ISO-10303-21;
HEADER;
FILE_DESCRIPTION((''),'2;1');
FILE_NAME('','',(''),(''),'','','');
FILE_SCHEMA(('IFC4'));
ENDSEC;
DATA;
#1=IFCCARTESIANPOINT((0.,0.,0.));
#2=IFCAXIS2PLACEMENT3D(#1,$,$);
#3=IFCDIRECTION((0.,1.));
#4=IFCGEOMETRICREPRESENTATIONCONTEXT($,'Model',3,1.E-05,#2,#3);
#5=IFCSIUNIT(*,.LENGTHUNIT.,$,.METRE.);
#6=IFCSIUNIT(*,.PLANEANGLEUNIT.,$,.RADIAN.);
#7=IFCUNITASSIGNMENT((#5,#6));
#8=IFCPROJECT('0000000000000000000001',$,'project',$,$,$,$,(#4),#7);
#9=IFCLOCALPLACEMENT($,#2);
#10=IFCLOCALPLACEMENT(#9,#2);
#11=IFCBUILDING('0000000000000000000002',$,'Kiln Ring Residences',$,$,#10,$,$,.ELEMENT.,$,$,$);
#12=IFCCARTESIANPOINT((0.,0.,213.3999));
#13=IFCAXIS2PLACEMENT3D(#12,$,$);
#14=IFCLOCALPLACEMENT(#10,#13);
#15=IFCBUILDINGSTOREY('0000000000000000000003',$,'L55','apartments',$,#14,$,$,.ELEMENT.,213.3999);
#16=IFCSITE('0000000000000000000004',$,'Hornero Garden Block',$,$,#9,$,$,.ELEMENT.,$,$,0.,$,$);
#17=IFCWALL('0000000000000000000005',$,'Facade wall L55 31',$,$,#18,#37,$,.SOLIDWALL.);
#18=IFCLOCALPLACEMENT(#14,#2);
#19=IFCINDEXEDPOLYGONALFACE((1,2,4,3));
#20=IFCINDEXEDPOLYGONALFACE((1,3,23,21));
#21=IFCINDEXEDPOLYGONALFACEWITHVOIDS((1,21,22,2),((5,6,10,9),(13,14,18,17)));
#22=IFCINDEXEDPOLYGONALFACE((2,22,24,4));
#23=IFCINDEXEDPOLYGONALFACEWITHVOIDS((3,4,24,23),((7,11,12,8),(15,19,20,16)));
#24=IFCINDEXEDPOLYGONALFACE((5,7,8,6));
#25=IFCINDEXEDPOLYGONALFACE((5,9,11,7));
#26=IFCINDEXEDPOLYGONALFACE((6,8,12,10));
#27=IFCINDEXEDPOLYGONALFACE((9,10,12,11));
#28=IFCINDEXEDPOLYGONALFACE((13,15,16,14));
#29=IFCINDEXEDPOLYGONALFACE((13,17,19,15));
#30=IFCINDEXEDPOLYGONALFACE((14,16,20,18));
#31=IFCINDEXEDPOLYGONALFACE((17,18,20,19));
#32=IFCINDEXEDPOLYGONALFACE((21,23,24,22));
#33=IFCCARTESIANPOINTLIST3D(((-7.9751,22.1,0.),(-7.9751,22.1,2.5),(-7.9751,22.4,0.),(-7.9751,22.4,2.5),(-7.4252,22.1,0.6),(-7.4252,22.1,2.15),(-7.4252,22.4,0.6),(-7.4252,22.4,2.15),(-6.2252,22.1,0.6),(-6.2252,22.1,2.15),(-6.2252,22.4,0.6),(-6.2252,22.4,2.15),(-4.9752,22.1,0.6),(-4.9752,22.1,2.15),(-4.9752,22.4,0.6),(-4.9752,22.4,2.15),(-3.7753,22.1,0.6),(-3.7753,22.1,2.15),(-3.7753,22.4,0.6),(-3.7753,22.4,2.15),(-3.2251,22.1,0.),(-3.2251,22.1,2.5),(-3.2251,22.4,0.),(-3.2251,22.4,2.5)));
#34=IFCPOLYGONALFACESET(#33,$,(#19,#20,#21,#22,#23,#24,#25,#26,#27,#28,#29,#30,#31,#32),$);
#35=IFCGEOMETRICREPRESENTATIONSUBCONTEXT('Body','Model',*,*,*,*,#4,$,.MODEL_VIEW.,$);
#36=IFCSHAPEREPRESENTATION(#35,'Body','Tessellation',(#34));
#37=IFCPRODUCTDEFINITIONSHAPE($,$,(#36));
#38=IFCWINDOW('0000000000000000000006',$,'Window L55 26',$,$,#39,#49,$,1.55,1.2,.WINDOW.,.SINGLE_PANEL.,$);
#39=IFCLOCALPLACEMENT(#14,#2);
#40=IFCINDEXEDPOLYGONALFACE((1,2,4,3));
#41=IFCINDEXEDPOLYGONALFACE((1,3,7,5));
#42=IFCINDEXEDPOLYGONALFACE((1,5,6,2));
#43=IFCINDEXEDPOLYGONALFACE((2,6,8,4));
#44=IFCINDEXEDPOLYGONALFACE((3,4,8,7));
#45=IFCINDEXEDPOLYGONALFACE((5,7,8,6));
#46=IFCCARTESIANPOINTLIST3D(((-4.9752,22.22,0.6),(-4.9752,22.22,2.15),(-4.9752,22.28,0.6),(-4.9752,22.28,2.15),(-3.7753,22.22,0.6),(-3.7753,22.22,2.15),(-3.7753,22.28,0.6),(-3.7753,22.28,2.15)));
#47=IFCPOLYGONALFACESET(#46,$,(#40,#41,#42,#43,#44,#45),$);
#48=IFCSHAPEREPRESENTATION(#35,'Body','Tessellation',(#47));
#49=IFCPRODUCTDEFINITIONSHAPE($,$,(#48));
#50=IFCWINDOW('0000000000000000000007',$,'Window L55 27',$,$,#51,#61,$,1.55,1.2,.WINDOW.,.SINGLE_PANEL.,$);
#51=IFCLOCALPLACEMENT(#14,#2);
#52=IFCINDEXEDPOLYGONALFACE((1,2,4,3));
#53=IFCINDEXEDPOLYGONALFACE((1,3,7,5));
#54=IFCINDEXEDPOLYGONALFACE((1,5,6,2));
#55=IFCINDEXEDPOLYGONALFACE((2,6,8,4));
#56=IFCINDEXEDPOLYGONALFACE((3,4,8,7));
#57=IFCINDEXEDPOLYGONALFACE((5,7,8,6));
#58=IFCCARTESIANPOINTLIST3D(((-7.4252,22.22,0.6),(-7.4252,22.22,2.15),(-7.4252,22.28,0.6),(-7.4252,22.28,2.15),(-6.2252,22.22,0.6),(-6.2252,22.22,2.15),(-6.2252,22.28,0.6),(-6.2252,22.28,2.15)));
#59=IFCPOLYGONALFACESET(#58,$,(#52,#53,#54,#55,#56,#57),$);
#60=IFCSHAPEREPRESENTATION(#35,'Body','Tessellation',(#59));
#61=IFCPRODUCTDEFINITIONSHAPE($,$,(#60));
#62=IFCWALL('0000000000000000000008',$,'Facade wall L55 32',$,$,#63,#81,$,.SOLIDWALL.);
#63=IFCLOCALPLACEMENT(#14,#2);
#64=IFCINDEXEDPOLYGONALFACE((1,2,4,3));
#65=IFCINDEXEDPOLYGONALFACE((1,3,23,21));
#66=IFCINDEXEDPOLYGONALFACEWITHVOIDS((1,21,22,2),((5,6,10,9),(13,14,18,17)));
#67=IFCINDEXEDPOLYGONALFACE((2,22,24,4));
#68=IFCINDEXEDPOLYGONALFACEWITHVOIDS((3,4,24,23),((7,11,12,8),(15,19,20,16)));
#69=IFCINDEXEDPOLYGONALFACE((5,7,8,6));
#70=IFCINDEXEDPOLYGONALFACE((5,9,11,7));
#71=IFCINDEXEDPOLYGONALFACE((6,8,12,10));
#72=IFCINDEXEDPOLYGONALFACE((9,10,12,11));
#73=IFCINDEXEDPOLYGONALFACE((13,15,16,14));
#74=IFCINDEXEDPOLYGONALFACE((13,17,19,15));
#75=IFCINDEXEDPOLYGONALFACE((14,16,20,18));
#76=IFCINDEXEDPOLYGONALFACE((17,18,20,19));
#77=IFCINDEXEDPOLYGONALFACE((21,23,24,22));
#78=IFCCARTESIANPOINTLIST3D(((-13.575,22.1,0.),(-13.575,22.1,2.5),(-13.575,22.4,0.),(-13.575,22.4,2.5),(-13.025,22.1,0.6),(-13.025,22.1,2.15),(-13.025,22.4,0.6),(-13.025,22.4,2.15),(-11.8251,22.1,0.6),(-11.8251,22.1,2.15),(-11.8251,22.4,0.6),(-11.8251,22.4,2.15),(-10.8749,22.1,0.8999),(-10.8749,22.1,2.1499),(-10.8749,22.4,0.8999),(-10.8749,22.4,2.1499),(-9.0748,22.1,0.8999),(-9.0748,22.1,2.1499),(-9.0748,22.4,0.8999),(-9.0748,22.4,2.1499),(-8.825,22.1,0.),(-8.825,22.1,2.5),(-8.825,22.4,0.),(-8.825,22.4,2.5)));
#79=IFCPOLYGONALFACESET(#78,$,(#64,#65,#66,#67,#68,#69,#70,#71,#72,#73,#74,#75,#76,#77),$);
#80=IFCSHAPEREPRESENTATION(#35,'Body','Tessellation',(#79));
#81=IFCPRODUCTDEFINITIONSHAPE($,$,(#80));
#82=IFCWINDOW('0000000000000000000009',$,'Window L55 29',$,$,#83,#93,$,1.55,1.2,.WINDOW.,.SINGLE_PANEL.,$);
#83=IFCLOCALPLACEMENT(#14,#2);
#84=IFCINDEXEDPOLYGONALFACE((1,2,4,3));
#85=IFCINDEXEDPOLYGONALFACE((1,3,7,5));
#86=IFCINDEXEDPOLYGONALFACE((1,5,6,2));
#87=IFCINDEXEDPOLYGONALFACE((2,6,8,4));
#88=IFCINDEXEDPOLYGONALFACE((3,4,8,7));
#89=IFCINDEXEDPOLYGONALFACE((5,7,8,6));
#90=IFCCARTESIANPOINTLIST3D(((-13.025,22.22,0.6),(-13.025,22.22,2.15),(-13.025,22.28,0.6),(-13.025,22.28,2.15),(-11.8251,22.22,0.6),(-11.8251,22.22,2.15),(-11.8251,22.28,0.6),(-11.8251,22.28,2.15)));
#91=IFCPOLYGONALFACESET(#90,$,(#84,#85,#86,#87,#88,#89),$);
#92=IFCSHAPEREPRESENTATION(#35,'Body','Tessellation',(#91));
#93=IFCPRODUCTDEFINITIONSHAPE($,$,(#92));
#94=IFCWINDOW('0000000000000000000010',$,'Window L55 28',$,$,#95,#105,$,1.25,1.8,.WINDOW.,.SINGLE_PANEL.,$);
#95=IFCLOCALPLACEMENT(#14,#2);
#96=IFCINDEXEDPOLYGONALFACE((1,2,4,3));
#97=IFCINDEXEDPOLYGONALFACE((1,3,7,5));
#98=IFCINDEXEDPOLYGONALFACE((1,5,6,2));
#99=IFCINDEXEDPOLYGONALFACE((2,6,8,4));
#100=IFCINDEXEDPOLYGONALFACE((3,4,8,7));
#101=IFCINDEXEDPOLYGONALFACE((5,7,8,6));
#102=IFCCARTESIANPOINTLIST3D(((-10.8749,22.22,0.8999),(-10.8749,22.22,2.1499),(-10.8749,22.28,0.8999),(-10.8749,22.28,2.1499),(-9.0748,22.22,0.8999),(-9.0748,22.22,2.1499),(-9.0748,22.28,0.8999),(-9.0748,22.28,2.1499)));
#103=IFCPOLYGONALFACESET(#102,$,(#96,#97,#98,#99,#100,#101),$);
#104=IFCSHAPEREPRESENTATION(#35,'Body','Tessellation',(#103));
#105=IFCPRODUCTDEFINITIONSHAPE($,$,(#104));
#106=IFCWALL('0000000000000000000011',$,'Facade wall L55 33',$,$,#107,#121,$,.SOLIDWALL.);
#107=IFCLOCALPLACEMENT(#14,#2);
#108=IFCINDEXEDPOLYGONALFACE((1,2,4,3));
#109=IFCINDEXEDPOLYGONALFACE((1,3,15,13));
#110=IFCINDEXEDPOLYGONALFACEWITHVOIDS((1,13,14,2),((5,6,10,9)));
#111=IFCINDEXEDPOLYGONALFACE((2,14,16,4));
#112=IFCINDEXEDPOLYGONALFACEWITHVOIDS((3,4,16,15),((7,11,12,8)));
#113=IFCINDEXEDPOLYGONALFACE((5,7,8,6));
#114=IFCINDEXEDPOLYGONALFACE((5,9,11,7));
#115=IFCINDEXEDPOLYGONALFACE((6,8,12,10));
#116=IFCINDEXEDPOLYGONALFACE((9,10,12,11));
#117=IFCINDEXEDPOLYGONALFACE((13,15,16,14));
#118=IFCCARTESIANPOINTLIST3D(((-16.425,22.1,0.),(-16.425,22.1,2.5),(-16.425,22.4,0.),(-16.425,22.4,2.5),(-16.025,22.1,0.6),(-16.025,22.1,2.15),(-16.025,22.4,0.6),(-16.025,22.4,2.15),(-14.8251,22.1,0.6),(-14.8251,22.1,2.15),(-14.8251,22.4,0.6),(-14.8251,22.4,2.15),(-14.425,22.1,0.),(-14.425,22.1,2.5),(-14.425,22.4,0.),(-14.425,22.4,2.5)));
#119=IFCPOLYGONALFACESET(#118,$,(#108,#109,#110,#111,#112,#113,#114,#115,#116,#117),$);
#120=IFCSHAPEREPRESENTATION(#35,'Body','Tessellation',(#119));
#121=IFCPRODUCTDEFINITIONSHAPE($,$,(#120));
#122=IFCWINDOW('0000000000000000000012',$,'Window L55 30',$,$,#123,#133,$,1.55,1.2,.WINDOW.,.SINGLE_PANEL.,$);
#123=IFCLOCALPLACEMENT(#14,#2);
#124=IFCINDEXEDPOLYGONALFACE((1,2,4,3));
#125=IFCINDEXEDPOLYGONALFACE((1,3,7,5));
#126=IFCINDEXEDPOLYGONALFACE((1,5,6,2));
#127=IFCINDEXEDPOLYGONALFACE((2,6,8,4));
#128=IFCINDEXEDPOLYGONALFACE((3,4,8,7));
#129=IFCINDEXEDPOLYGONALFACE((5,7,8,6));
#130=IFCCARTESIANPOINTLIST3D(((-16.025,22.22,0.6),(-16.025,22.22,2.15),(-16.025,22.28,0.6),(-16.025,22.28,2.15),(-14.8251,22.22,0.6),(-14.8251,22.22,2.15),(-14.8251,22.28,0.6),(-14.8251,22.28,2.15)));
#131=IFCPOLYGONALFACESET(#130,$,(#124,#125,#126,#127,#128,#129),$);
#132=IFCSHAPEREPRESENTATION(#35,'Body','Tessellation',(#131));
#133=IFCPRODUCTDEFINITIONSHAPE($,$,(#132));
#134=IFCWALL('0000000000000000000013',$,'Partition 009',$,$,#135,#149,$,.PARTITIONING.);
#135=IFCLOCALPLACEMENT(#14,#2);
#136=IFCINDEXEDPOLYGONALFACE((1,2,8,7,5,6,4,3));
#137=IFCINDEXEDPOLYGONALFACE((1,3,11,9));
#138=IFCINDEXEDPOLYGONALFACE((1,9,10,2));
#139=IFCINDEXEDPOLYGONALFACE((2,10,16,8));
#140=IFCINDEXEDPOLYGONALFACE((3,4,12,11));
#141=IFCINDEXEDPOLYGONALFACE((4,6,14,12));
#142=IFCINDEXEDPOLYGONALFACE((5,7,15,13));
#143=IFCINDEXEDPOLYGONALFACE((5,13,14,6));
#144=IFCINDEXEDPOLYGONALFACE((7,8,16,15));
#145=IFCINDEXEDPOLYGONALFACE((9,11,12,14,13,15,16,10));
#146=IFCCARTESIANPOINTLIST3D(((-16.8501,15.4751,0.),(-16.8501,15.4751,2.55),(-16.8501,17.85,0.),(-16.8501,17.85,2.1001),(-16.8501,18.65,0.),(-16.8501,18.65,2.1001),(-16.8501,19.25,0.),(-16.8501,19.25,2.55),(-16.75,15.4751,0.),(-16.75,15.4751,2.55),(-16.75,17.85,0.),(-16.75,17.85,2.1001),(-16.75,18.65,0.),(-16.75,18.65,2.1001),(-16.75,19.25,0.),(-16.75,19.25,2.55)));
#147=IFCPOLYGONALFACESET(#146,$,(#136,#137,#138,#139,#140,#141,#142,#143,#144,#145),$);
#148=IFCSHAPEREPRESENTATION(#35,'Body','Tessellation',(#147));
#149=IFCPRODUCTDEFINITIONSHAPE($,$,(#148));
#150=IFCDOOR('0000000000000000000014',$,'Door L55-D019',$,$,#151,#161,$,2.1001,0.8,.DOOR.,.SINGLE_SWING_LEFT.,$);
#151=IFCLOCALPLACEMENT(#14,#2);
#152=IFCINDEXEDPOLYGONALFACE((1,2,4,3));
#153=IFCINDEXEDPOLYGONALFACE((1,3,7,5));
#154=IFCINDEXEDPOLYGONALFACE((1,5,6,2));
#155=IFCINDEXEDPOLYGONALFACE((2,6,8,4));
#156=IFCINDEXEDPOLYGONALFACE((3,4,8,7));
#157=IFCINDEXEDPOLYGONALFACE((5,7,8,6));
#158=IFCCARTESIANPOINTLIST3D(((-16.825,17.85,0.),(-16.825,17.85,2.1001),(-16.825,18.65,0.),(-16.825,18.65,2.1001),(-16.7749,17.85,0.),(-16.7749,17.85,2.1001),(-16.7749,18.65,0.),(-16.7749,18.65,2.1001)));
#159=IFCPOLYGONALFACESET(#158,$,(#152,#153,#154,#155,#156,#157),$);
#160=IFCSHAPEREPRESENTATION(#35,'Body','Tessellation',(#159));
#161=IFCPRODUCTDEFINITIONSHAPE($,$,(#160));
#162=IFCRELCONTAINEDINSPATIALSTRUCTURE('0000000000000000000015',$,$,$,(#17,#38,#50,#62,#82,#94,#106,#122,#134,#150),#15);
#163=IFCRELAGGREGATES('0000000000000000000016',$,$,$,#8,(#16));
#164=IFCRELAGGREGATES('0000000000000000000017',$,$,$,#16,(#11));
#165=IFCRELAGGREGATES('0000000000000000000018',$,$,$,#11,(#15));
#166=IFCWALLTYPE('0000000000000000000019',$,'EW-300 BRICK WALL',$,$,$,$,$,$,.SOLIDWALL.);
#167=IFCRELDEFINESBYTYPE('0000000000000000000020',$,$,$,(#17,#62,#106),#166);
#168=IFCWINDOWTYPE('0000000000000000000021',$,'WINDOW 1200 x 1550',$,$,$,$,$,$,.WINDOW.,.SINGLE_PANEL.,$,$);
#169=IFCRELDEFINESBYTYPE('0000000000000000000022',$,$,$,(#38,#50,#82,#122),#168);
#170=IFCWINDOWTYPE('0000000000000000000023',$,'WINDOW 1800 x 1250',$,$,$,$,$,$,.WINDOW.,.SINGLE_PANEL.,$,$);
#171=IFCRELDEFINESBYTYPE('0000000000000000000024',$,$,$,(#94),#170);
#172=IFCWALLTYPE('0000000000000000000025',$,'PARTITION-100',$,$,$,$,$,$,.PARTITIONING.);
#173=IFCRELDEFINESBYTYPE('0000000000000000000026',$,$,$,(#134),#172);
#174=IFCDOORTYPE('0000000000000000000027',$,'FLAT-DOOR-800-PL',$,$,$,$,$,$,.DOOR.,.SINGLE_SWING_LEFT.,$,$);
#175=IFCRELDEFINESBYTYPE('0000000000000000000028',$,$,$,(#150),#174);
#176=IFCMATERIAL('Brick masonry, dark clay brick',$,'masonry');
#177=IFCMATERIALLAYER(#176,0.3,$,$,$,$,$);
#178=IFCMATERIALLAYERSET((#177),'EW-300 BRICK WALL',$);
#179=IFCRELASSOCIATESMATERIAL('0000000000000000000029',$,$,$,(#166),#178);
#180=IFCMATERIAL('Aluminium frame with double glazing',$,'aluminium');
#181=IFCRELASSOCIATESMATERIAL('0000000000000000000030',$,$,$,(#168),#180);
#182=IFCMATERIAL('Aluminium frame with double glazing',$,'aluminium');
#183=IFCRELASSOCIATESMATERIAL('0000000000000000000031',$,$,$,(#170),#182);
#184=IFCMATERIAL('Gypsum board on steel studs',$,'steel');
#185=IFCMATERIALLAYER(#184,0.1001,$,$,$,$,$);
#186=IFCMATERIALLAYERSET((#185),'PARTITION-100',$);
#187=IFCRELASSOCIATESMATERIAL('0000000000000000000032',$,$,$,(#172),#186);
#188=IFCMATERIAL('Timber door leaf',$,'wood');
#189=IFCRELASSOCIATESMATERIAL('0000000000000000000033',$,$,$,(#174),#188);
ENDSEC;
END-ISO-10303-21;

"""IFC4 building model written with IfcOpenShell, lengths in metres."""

from ifc_helpers import new_model, si_unit, direction, frame, frame_2d, origin, place, context, subcontext, project, spatial, rectangle, extrude, material, layer, layer_set, type_object, element, fill, save


model = new_model("IFC4")

# Units and contexts
model_context = context("Model", 3, precision=1e-05, world=origin(), true_north=direction((0.0, 1.0)))
body_context = subcontext(model_context, "Body", "Model", "MODEL_VIEW")
ifc_project = project(units=[si_unit("LENGTHUNIT", "METRE"), si_unit("PLANEANGLEUNIT", "RADIAN")], contexts=[model_context])

# Site, building, storey
site_placement = place(None, origin())
site = spatial("IfcSite", under=ifc_project, at=site_placement, Name="Hornero Garden Block", CompositionType="ELEMENT", RefElevation=0.0)
building_placement = place(site_placement, origin())
building = spatial("IfcBuilding", under=site, at=building_placement, Name="Kiln Ring Residences", CompositionType="ELEMENT")
storey_placement = place(building_placement, frame((0.0, 0.0, 213.3999)))
storey = spatial("IfcBuildingStorey", under=building, at=storey_placement, Name="L55", Description="apartments", CompositionType="ELEMENT", Elevation=213.3999)

# Walls, openings, windows
ifc_material_1 = material(Name="Brick masonry, dark clay brick", Category="masonry")
ifc_layer_1 = layer(ifc_material_1, 0.3)
ifc_layer_set_1 = layer_set([ifc_layer_1], Name="EW-300 BRICK WALL")
wall_type_1 = type_object("IfcWallType", Name="EW-300 BRICK WALL", PredefinedType="SOLIDWALL", material=ifc_layer_set_1)
wall_1_placement = place(storey_placement, frame((-3.2251, 22.25, 0.0), z_axis=(0.0, 0.0, 1.0), x_axis=(-1.0, 0.0, 0.0)))
wall_1 = element("IfcWall", 1, at=wall_1_placement, inside=storey, type_object=wall_type_1, Name="Facade wall L55 31", PredefinedType="SOLIDWALL", context=body_context, shape_type="SweptSolid", body=[
    extrude(rectangle(XDim=4.75, YDim=0.3, at=frame_2d((2.375, 0.0))), origin(), (0.0, 0.0, 1.0), 2.5),
])
opening_1_placement = place(wall_1_placement, frame((0.55, 0.0, 0.6001)))
opening_1 = element("IfcOpeningElement", 2, at=opening_1_placement, cuts=wall_1, PredefinedType="OPENING", context=body_context, shape_type="SweptSolid", body=[
    extrude(rectangle(XDim=1.2, YDim=1.55, at=frame_2d((0.6001, 0.7749))), frame((0.0, 0.1599, 0.0), z_axis=(0.0, -1.0, 0.0), x_axis=(1.0, 0.0, 0.0)), (0.0, 0.0, 1.0), 0.3201),
])
opening_2_placement = place(wall_1_placement, frame((3.0, 0.0, 0.6001)))
opening_2 = element("IfcOpeningElement", 3, at=opening_2_placement, cuts=wall_1, PredefinedType="OPENING", context=body_context, shape_type="SweptSolid", body=[
    extrude(rectangle(XDim=1.2, YDim=1.55, at=frame_2d((0.6001, 0.7749))), frame((0.0, 0.1599, 0.0), z_axis=(0.0, -1.0, 0.0), x_axis=(1.0, 0.0, 0.0)), (0.0, 0.0, 1.0), 0.3201),
])
ifc_material_2 = material(Name="Aluminium frame with double glazing", Category="aluminium")
window_type_1 = type_object("IfcWindowType", Name="WINDOW 1200 x 1550", PartitioningType="SINGLE_PANEL", PredefinedType="WINDOW", material=ifc_material_2)
window_1_placement = place(opening_1_placement, origin())
window_1 = element("IfcWindow", 4, at=window_1_placement, inside=storey, type_object=window_type_1, Name="Window L55 26", OverallHeight=1.55, OverallWidth=1.2, PartitioningType="SINGLE_PANEL", PredefinedType="WINDOW", context=body_context, shape_type="SweptSolid", body=[
    extrude(rectangle(XDim=1.2, YDim=1.55, at=frame_2d((0.6001, 0.7749))), frame((0.0, 0.03, 0.0), z_axis=(0.0, -1.0, 0.0), x_axis=(1.0, 0.0, 0.0)), (0.0, 0.0, 1.0), 0.0601),
])
fill(opening_1, window_1)
window_2_placement = place(opening_2_placement, origin())
window_2 = element("IfcWindow", 5, at=window_2_placement, inside=storey, type_object=window_type_1, Name="Window L55 27", OverallHeight=1.55, OverallWidth=1.2, PartitioningType="SINGLE_PANEL", PredefinedType="WINDOW", context=body_context, shape_type="SweptSolid", body=[
    extrude(rectangle(XDim=1.2, YDim=1.55, at=frame_2d((0.6001, 0.7749))), frame((0.0, 0.03, 0.0), z_axis=(0.0, -1.0, 0.0), x_axis=(1.0, 0.0, 0.0)), (0.0, 0.0, 1.0), 0.0601),
])
fill(opening_2, window_2)
wall_2_placement = place(storey_placement, frame((-8.825, 22.25, 0.0), z_axis=(0.0, 0.0, 1.0), x_axis=(-1.0, 0.0, 0.0)))
wall_2 = element("IfcWall", 6, at=wall_2_placement, inside=storey, type_object=wall_type_1, Name="Facade wall L55 32", PredefinedType="SOLIDWALL", context=body_context, shape_type="SweptSolid", body=[
    extrude(rectangle(XDim=4.75, YDim=0.3, at=frame_2d((2.375, 0.0))), origin(), (0.0, 0.0, 1.0), 2.5),
])
opening_3_placement = place(wall_2_placement, frame((0.25, 0.0, 0.8999)))
opening_3 = element("IfcOpeningElement", 7, at=opening_3_placement, cuts=wall_2, PredefinedType="OPENING", context=body_context, shape_type="SweptSolid", body=[
    extrude(rectangle(XDim=1.8, YDim=1.25, at=frame_2d((0.8999, 0.625))), frame((0.0, 0.1599, 0.0), z_axis=(0.0, -1.0, 0.0), x_axis=(1.0, 0.0, 0.0)), (0.0, 0.0, 1.0), 0.3201),
])
opening_4_placement = place(wall_2_placement, frame((3.0, 0.0, 0.6001)))
opening_4 = element("IfcOpeningElement", 8, at=opening_4_placement, cuts=wall_2, PredefinedType="OPENING", context=body_context, shape_type="SweptSolid", body=[
    extrude(rectangle(XDim=1.2, YDim=1.55, at=frame_2d((0.6001, 0.7749))), frame((0.0, 0.1599, 0.0), z_axis=(0.0, -1.0, 0.0), x_axis=(1.0, 0.0, 0.0)), (0.0, 0.0, 1.0), 0.3201),
])
window_3_placement = place(opening_4_placement, origin())
window_3 = element("IfcWindow", 9, at=window_3_placement, inside=storey, type_object=window_type_1, Name="Window L55 29", OverallHeight=1.55, OverallWidth=1.2, PartitioningType="SINGLE_PANEL", PredefinedType="WINDOW", context=body_context, shape_type="SweptSolid", body=[
    extrude(rectangle(XDim=1.2, YDim=1.55, at=frame_2d((0.6001, 0.7749))), frame((0.0, 0.03, 0.0), z_axis=(0.0, -1.0, 0.0), x_axis=(1.0, 0.0, 0.0)), (0.0, 0.0, 1.0), 0.0601),
])
fill(opening_4, window_3)
ifc_material_3 = material(Name="Aluminium frame with double glazing", Category="aluminium")
window_type_2 = type_object("IfcWindowType", Name="WINDOW 1800 x 1250", PartitioningType="SINGLE_PANEL", PredefinedType="WINDOW", material=ifc_material_3)
window_4_placement = place(opening_3_placement, origin())
window_4 = element("IfcWindow", 10, at=window_4_placement, inside=storey, type_object=window_type_2, Name="Window L55 28", OverallHeight=1.25, OverallWidth=1.8, PartitioningType="SINGLE_PANEL", PredefinedType="WINDOW", context=body_context, shape_type="SweptSolid", body=[
    extrude(rectangle(XDim=1.8, YDim=1.25, at=frame_2d((0.8999, 0.625))), frame((0.0, 0.03, 0.0), z_axis=(0.0, -1.0, 0.0), x_axis=(1.0, 0.0, 0.0)), (0.0, 0.0, 1.0), 0.0601),
])
fill(opening_3, window_4)

# Wall, opening, window
wall_3_placement = place(storey_placement, frame((-14.425, 22.25, 0.0), z_axis=(0.0, 0.0, 1.0), x_axis=(-1.0, 0.0, 0.0)))
wall_3 = element("IfcWall", 11, at=wall_3_placement, inside=storey, type_object=wall_type_1, Name="Facade wall L55 33", PredefinedType="SOLIDWALL", context=body_context, shape_type="SweptSolid", body=[
    extrude(rectangle(XDim=2.0, YDim=0.3, at=frame_2d((1.0, 0.0))), origin(), (0.0, 0.0, 1.0), 2.5),
])
opening_5_placement = place(wall_3_placement, frame((0.3999, 0.0, 0.6001)))
opening_5 = element("IfcOpeningElement", 12, at=opening_5_placement, cuts=wall_3, PredefinedType="OPENING", context=body_context, shape_type="SweptSolid", body=[
    extrude(rectangle(XDim=1.2, YDim=1.55, at=frame_2d((0.6001, 0.7749))), frame((0.0, 0.1599, 0.0), z_axis=(0.0, -1.0, 0.0), x_axis=(1.0, 0.0, 0.0)), (0.0, 0.0, 1.0), 0.3201),
])
window_5_placement = place(opening_5_placement, origin())
window_5 = element("IfcWindow", 13, at=window_5_placement, inside=storey, type_object=window_type_1, Name="Window L55 30", OverallHeight=1.55, OverallWidth=1.2, PartitioningType="SINGLE_PANEL", PredefinedType="WINDOW", context=body_context, shape_type="SweptSolid", body=[
    extrude(rectangle(XDim=1.2, YDim=1.55, at=frame_2d((0.6001, 0.7749))), frame((0.0, 0.03, 0.0), z_axis=(0.0, -1.0, 0.0), x_axis=(1.0, 0.0, 0.0)), (0.0, 0.0, 1.0), 0.0601),
])
fill(opening_5, window_5)

# Wall, opening, door
ifc_material_4 = material(Name="Gypsum board on steel studs", Category="steel")
ifc_layer_2 = layer(ifc_material_4, 0.1001)
ifc_layer_set_2 = layer_set([ifc_layer_2], Name="PARTITION-100")
wall_type_2 = type_object("IfcWallType", Name="PARTITION-100", PredefinedType="PARTITIONING", material=ifc_layer_set_2)
wall_4_placement = place(storey_placement, frame((-16.8, 15.4751, 0.0), z_axis=(0.0, 0.0, 1.0), x_axis=(0.0, 1.0, 0.0)))
wall_4 = element("IfcWall", 14, at=wall_4_placement, inside=storey, type_object=wall_type_2, Name="Partition 009", PredefinedType="PARTITIONING", context=body_context, shape_type="SweptSolid", body=[
    extrude(rectangle(XDim=3.7749, YDim=0.1001, at=frame_2d((1.8875, 0.0))), origin(), (0.0, 0.0, 1.0), 2.55),
])
opening_6_placement = place(wall_4_placement, frame((2.375, 0.0, 0.0)))
opening_6 = element("IfcOpeningElement", 15, at=opening_6_placement, cuts=wall_4, PredefinedType="OPENING", context=body_context, shape_type="SweptSolid", body=[
    extrude(rectangle(XDim=0.8, YDim=2.1001, at=frame_2d((0.3999, 1.05))), frame((0.0, 0.0601, 0.0), z_axis=(0.0, -1.0, 0.0), x_axis=(1.0, 0.0, 0.0)), (0.0, 0.0, 1.0), 0.1201),
])
ifc_material_5 = material(Name="Timber door leaf", Category="wood")
door_type_1 = type_object("IfcDoorType", Name="FLAT-DOOR-800-PL", OperationType="SINGLE_SWING_LEFT", PredefinedType="DOOR", material=ifc_material_5)
door_1_placement = place(opening_6_placement, origin())
door_1 = element("IfcDoor", 16, at=door_1_placement, inside=storey, type_object=door_type_1, Name="Door L55-D019", OperationType="SINGLE_SWING_LEFT", OverallHeight=2.1001, OverallWidth=0.8, PredefinedType="DOOR", context=body_context, shape_type="SweptSolid", body=[
    extrude(rectangle(XDim=0.8, YDim=2.1001, at=frame_2d((0.3999, 1.05))), frame((0.0, 0.0249, 0.0), z_axis=(0.0, -1.0, 0.0), x_axis=(1.0, 0.0, 0.0)), (0.0, 0.0, 1.0), 0.05),
])
fill(opening_6, door_1)

save(model, "model.ifc")
